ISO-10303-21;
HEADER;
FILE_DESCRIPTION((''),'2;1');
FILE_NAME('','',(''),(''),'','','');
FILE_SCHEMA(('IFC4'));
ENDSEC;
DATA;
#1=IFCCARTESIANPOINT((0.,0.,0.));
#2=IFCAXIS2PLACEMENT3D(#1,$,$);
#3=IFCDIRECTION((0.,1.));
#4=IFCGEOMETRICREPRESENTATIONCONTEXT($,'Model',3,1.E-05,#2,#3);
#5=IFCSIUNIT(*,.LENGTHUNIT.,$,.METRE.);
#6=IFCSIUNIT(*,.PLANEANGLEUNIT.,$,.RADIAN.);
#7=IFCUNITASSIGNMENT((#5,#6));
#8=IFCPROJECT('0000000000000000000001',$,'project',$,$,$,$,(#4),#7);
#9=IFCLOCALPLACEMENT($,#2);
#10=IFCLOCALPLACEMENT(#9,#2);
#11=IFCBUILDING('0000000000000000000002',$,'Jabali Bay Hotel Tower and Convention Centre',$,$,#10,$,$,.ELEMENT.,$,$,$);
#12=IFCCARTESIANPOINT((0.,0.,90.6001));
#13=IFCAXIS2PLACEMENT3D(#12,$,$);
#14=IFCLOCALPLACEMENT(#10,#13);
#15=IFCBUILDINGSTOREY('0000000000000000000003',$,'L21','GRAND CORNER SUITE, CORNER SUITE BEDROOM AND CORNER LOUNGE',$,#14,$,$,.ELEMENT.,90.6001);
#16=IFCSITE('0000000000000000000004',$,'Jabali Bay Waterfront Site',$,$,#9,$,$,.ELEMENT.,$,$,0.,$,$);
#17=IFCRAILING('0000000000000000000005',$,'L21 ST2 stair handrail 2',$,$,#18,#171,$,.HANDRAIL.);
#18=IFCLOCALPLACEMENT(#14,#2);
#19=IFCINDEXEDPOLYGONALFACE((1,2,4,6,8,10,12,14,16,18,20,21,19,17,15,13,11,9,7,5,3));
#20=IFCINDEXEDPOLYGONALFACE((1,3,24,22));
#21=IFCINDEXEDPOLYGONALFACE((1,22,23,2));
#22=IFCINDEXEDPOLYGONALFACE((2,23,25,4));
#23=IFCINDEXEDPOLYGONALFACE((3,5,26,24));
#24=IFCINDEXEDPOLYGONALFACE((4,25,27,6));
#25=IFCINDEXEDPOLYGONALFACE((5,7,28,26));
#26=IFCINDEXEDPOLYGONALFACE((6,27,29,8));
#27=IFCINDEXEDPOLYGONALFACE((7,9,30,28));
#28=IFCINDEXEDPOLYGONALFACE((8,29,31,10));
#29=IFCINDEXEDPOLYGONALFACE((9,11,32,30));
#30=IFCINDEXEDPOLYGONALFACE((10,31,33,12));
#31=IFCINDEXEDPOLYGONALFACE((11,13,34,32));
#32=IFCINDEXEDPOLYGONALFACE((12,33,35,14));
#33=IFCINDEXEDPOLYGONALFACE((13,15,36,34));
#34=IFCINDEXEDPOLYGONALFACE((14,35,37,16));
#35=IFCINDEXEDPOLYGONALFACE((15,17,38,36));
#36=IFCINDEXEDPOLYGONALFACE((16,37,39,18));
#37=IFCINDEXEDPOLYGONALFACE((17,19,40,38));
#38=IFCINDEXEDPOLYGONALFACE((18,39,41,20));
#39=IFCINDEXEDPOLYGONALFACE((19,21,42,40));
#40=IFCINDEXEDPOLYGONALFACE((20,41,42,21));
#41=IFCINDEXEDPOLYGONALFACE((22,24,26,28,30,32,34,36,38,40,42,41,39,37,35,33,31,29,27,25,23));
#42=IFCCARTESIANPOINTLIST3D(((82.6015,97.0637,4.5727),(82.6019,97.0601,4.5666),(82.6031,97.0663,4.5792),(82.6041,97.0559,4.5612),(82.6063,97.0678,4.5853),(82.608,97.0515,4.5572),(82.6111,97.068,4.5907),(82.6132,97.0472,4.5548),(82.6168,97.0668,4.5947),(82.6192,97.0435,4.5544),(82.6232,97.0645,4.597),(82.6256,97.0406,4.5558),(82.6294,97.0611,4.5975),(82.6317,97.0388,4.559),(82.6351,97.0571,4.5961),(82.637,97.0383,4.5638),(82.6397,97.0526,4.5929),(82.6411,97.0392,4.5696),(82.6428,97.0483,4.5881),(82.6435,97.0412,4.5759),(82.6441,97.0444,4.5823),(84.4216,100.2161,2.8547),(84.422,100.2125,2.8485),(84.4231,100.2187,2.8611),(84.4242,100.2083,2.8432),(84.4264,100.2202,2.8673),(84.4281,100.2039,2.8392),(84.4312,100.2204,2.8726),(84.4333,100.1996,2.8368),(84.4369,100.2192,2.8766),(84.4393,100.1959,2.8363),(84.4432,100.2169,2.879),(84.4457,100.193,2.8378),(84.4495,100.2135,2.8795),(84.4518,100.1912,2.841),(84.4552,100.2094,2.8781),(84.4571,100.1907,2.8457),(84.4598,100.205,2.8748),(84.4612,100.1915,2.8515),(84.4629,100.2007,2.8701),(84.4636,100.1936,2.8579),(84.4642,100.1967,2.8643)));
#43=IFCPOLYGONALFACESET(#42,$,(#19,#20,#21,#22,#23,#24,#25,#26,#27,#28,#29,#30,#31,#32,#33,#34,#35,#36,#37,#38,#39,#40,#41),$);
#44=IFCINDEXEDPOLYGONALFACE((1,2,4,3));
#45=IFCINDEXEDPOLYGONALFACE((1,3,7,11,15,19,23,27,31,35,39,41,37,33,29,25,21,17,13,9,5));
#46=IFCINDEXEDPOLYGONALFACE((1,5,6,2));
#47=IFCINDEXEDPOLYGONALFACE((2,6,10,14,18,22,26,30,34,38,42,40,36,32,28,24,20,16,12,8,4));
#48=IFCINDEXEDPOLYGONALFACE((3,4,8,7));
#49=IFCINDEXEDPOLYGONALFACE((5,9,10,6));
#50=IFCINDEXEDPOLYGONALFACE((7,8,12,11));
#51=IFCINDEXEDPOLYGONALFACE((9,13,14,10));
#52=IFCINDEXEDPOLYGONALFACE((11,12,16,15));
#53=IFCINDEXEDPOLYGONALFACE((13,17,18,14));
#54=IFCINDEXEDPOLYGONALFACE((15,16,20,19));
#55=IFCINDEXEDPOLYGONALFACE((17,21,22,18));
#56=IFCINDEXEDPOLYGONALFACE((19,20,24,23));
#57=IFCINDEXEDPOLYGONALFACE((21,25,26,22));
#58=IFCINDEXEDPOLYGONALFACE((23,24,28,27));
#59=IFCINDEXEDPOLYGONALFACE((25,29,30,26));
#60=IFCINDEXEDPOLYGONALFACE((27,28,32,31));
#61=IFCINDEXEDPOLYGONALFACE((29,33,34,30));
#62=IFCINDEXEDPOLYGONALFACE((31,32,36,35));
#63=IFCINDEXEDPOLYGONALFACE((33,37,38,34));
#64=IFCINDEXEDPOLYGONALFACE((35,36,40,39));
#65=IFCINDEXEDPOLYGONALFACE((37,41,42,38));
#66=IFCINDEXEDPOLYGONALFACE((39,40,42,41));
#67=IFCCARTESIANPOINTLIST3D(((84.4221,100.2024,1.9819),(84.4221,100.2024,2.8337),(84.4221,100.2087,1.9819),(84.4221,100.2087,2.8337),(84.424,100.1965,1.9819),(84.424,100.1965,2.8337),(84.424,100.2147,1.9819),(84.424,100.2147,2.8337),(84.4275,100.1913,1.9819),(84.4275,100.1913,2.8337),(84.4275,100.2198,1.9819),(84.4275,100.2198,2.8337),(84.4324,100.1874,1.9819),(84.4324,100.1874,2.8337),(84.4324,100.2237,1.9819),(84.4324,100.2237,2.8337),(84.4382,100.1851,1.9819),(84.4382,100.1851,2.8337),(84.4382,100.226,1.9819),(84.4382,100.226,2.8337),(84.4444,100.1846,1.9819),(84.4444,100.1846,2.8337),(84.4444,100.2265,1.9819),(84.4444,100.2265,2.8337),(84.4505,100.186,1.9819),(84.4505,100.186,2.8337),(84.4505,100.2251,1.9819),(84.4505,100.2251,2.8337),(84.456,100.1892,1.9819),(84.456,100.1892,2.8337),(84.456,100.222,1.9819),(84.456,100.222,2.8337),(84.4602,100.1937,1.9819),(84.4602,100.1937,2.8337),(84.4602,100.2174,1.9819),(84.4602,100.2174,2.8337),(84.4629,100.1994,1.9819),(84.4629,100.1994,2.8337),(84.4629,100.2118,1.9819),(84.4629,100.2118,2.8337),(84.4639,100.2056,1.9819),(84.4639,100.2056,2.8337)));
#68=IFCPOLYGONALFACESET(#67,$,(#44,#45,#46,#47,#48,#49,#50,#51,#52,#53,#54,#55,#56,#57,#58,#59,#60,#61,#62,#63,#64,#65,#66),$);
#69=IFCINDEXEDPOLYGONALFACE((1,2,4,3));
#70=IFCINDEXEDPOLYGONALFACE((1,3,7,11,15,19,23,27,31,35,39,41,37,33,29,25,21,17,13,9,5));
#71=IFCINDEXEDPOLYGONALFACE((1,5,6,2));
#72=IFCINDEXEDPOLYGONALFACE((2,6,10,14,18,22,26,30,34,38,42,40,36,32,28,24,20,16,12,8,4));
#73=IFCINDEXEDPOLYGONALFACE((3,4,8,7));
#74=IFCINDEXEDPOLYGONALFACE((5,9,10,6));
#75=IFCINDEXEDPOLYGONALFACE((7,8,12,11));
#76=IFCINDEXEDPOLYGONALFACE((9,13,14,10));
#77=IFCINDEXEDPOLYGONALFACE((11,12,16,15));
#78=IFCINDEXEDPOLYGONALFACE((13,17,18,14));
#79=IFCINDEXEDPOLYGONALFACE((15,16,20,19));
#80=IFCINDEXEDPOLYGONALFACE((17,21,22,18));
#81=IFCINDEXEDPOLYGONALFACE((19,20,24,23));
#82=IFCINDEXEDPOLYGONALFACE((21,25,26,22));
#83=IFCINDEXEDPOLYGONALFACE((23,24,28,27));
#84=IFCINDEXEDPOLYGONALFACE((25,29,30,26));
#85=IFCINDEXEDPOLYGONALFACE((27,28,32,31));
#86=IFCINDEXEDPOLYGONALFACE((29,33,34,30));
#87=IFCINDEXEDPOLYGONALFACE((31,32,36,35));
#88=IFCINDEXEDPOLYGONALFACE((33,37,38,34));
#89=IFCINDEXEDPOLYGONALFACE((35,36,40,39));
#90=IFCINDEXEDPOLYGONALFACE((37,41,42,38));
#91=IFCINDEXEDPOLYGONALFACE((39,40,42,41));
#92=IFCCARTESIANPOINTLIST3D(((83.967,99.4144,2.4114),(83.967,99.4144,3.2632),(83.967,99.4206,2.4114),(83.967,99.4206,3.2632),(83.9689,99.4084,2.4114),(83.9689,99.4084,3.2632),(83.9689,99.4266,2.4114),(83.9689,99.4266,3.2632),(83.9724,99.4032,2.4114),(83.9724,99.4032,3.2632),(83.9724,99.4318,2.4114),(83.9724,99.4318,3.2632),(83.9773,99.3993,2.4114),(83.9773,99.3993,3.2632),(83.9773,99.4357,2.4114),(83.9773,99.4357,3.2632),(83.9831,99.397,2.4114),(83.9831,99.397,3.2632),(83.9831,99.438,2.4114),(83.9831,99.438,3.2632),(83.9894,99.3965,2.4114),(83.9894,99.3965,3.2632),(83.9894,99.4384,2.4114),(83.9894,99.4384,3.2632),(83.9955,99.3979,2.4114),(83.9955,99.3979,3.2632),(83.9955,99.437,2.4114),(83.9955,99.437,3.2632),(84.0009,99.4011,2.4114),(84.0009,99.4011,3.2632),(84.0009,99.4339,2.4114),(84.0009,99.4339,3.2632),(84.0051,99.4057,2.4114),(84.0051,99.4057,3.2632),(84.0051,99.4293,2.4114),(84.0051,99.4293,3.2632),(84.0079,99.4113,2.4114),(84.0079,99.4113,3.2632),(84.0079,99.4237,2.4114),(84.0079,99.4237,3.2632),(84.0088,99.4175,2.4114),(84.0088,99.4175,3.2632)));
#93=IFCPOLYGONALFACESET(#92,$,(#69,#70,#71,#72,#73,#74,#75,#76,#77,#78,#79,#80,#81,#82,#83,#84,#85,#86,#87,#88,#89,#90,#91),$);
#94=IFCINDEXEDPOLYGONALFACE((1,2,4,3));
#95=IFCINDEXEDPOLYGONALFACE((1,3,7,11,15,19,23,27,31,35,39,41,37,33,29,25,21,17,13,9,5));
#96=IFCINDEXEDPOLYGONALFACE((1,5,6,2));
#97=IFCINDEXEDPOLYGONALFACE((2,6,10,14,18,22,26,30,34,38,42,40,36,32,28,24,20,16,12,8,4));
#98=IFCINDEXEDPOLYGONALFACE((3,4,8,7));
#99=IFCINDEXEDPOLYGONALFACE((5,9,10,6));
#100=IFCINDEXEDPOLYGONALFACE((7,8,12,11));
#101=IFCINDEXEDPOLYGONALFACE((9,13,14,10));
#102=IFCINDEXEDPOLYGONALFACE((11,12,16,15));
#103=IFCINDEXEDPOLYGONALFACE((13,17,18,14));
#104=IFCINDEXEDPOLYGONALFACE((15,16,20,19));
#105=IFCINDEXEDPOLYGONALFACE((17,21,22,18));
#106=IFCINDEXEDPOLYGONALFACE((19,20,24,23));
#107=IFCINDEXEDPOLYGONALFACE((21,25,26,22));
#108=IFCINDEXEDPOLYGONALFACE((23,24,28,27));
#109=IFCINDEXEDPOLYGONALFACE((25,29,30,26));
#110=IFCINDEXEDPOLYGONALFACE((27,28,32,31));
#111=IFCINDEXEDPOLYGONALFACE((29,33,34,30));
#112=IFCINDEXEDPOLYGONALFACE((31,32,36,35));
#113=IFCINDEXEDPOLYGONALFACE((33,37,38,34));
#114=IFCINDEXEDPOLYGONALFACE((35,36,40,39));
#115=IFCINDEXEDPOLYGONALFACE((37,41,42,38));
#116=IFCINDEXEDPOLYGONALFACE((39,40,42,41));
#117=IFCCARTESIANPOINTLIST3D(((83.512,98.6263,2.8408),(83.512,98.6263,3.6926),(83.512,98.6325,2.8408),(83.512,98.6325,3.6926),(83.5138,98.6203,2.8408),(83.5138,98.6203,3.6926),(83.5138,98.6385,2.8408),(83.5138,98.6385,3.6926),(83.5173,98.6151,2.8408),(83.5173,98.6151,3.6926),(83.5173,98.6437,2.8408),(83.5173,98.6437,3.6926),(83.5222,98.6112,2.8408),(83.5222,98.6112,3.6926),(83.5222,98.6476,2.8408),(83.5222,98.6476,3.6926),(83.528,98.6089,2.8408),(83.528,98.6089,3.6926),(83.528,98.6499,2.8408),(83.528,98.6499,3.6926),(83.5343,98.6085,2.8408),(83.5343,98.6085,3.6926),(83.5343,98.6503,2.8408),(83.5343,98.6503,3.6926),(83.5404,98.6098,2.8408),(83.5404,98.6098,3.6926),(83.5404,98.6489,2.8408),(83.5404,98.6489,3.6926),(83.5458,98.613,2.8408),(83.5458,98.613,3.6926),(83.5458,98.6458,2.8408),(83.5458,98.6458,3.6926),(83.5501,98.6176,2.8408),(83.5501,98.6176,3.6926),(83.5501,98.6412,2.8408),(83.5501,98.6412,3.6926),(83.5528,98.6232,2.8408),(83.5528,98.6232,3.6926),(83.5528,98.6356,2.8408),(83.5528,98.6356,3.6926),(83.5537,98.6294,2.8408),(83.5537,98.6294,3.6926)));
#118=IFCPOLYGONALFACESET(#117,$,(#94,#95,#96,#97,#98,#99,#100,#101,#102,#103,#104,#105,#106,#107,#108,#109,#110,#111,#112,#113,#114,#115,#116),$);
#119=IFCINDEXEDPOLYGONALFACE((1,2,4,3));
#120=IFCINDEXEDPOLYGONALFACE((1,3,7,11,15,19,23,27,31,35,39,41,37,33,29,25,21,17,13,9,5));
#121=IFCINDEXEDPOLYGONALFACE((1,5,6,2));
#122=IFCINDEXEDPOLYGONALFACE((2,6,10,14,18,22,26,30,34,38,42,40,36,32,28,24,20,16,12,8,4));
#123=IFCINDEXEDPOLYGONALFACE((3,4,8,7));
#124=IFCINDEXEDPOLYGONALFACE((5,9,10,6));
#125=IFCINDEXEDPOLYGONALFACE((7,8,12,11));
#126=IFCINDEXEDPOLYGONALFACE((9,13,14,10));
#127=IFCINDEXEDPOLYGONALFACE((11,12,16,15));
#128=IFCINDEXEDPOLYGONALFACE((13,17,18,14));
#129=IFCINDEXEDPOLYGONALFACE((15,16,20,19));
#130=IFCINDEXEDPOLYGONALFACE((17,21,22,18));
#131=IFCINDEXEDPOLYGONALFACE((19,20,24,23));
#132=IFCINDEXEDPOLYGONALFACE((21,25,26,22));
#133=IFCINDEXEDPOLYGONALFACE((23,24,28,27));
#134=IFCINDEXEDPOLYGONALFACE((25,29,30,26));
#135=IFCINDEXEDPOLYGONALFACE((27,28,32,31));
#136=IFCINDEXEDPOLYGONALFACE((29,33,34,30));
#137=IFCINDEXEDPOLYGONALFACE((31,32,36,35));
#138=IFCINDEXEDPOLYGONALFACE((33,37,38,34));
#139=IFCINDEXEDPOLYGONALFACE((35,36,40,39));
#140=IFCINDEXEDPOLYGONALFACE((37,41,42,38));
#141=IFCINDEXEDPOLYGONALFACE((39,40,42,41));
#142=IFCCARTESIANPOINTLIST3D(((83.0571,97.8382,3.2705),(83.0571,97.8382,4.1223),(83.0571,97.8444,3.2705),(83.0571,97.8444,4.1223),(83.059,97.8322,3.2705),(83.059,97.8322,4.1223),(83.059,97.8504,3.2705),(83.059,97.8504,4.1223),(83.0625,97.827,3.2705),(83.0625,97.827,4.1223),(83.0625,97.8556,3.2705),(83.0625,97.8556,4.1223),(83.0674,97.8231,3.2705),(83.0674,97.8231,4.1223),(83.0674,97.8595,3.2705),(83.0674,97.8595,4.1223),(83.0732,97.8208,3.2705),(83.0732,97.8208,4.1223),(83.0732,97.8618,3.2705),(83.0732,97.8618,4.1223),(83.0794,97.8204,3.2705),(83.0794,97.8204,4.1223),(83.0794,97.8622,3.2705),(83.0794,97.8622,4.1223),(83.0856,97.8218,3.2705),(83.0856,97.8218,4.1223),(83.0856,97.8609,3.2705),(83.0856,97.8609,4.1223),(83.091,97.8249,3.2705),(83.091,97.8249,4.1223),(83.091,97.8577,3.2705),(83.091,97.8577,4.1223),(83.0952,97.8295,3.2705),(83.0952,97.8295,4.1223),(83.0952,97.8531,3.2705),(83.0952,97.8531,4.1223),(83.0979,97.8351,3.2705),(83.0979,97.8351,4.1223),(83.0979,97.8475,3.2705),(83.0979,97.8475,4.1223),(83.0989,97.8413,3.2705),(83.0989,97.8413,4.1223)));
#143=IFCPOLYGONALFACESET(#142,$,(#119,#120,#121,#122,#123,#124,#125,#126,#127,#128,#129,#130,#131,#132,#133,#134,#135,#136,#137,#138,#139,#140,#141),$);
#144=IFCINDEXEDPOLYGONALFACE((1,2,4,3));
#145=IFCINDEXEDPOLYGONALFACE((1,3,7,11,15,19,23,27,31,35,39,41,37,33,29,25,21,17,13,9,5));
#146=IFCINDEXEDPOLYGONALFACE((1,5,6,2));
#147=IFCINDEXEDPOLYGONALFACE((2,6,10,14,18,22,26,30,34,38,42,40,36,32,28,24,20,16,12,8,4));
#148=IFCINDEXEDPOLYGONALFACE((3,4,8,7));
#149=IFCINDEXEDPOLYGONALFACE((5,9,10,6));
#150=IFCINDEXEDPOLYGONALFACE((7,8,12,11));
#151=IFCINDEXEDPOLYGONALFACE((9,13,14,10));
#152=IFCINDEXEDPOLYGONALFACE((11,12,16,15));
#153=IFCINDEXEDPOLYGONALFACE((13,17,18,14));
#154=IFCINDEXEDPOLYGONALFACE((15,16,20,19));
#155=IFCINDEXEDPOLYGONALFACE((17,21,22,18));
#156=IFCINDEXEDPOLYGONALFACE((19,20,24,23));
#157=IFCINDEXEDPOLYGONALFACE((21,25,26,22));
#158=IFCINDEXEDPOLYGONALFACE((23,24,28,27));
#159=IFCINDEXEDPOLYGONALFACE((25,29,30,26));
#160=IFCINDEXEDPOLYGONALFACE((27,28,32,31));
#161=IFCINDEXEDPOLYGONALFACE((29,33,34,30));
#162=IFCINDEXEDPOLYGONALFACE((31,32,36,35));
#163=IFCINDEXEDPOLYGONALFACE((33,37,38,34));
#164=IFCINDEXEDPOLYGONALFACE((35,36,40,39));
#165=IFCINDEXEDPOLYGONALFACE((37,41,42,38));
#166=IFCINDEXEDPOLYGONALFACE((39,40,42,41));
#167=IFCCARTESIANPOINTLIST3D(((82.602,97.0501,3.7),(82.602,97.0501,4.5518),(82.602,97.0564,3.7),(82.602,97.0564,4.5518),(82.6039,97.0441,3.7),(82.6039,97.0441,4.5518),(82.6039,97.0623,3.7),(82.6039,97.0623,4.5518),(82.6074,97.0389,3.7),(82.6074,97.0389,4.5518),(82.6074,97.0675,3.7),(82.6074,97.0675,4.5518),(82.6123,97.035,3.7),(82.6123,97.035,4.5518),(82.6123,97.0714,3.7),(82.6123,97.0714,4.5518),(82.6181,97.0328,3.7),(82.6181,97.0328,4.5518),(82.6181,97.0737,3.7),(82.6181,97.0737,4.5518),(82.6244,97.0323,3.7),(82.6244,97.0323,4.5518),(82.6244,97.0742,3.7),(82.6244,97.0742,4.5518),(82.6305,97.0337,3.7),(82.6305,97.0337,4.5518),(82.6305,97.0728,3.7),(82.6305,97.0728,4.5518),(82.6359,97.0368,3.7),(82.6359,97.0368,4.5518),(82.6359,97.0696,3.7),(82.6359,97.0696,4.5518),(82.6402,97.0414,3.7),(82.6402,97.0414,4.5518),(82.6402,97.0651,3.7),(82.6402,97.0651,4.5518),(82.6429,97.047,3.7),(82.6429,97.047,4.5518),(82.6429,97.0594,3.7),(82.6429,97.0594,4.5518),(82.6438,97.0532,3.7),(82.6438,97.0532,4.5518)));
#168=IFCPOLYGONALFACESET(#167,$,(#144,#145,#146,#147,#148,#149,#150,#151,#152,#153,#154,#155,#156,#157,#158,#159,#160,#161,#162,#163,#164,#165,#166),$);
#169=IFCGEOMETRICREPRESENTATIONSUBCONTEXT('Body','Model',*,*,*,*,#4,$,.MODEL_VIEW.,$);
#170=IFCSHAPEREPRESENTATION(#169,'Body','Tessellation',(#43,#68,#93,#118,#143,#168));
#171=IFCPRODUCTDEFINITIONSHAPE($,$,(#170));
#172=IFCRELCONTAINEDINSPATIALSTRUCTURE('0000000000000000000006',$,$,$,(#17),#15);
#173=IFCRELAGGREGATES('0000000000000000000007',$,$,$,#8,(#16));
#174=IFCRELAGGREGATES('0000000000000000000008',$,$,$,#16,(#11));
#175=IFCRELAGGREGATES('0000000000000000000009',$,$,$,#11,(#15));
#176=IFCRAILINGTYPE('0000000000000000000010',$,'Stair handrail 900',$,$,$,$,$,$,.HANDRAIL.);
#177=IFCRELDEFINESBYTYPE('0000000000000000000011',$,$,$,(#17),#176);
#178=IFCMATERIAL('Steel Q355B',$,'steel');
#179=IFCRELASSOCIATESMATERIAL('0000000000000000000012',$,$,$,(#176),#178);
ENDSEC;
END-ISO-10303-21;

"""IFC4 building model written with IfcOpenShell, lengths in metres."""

from ifc_helpers import new_model, si_unit, direction, frame, origin, origin_2d, place, context, subcontext, project, spatial, circle, extrude, material, type_object, element, save


model = new_model("IFC4")

# Units and contexts
model_context = context("Model", 3, precision=1e-05, world=origin(), true_north=direction((0.0, 1.0)))
body_context = subcontext(model_context, "Body", "Model", "MODEL_VIEW")
ifc_project = project(units=[si_unit("LENGTHUNIT", "METRE"), si_unit("PLANEANGLEUNIT", "RADIAN")], contexts=[model_context])

# Site, building, storey
site_placement = place(None, origin())
site = spatial("IfcSite", under=ifc_project, at=site_placement, Name="Jabali Bay Waterfront Site", CompositionType="ELEMENT", RefElevation=0.0)
building_placement = place(site_placement, origin())
building = spatial("IfcBuilding", under=site, at=building_placement, Name="Jabali Bay Hotel Tower and Convention Centre", CompositionType="ELEMENT")
storey_placement = place(building_placement, frame((0.0, 0.0, 90.6001)))
storey = spatial("IfcBuildingStorey", under=building, at=storey_placement, Name="L21", Description="GRAND CORNER SUITE, CORNER SUITE BEDROOM AND CORNER LOUNGE", CompositionType="ELEMENT", Elevation=90.6001)

# Railing
ifc_material_1 = material(Name="Steel Q355B", Category="steel")
railing_type_1 = type_object("IfcRailingType", Name="Stair handrail 900", PredefinedType="HANDRAIL", material=ifc_material_1)
railing_1_placement = place(storey_placement, frame((84.4429, 100.2056, 1.9819)))
element("IfcRailing", 1, at=railing_1_placement, inside=storey, type_object=railing_type_1, Name="L21 ST2 stair handrail 2", PredefinedType="HANDRAIL", context=body_context, shape_type="SweptSolid", body=[
    extrude(circle(Radius=0.0239, at=origin_2d()), frame((0.0, 0.0, 0.876), z_axis=(-0.452179, -0.78317, 0.426825), x_axis=(0.866018, -0.500013, 0.0)), (0.0, 0.0, 1.0), 4.0251),
    extrude(circle(Radius=0.021, at=origin_2d()), origin(), (0.0, 0.0, 1.0), 0.8518),
    extrude(circle(Radius=0.021, at=origin_2d()), frame((-0.4551, -0.7881, 0.4294)), (0.0, 0.0, 1.0), 0.8518),
    extrude(circle(Radius=0.021, at=origin_2d()), frame((-0.9102, -1.5762, 0.8589)), (0.0, 0.0, 1.0), 0.8518),
    extrude(circle(Radius=0.021, at=origin_2d()), frame((-1.365, -2.3643, 1.2886)), (0.0, 0.0, 1.0), 0.8518),
    extrude(circle(Radius=0.021, at=origin_2d()), frame((-1.8201, -3.1523, 1.718)), (0.0, 0.0, 1.0), 0.8518),
])

save(model, "model.ifc")
